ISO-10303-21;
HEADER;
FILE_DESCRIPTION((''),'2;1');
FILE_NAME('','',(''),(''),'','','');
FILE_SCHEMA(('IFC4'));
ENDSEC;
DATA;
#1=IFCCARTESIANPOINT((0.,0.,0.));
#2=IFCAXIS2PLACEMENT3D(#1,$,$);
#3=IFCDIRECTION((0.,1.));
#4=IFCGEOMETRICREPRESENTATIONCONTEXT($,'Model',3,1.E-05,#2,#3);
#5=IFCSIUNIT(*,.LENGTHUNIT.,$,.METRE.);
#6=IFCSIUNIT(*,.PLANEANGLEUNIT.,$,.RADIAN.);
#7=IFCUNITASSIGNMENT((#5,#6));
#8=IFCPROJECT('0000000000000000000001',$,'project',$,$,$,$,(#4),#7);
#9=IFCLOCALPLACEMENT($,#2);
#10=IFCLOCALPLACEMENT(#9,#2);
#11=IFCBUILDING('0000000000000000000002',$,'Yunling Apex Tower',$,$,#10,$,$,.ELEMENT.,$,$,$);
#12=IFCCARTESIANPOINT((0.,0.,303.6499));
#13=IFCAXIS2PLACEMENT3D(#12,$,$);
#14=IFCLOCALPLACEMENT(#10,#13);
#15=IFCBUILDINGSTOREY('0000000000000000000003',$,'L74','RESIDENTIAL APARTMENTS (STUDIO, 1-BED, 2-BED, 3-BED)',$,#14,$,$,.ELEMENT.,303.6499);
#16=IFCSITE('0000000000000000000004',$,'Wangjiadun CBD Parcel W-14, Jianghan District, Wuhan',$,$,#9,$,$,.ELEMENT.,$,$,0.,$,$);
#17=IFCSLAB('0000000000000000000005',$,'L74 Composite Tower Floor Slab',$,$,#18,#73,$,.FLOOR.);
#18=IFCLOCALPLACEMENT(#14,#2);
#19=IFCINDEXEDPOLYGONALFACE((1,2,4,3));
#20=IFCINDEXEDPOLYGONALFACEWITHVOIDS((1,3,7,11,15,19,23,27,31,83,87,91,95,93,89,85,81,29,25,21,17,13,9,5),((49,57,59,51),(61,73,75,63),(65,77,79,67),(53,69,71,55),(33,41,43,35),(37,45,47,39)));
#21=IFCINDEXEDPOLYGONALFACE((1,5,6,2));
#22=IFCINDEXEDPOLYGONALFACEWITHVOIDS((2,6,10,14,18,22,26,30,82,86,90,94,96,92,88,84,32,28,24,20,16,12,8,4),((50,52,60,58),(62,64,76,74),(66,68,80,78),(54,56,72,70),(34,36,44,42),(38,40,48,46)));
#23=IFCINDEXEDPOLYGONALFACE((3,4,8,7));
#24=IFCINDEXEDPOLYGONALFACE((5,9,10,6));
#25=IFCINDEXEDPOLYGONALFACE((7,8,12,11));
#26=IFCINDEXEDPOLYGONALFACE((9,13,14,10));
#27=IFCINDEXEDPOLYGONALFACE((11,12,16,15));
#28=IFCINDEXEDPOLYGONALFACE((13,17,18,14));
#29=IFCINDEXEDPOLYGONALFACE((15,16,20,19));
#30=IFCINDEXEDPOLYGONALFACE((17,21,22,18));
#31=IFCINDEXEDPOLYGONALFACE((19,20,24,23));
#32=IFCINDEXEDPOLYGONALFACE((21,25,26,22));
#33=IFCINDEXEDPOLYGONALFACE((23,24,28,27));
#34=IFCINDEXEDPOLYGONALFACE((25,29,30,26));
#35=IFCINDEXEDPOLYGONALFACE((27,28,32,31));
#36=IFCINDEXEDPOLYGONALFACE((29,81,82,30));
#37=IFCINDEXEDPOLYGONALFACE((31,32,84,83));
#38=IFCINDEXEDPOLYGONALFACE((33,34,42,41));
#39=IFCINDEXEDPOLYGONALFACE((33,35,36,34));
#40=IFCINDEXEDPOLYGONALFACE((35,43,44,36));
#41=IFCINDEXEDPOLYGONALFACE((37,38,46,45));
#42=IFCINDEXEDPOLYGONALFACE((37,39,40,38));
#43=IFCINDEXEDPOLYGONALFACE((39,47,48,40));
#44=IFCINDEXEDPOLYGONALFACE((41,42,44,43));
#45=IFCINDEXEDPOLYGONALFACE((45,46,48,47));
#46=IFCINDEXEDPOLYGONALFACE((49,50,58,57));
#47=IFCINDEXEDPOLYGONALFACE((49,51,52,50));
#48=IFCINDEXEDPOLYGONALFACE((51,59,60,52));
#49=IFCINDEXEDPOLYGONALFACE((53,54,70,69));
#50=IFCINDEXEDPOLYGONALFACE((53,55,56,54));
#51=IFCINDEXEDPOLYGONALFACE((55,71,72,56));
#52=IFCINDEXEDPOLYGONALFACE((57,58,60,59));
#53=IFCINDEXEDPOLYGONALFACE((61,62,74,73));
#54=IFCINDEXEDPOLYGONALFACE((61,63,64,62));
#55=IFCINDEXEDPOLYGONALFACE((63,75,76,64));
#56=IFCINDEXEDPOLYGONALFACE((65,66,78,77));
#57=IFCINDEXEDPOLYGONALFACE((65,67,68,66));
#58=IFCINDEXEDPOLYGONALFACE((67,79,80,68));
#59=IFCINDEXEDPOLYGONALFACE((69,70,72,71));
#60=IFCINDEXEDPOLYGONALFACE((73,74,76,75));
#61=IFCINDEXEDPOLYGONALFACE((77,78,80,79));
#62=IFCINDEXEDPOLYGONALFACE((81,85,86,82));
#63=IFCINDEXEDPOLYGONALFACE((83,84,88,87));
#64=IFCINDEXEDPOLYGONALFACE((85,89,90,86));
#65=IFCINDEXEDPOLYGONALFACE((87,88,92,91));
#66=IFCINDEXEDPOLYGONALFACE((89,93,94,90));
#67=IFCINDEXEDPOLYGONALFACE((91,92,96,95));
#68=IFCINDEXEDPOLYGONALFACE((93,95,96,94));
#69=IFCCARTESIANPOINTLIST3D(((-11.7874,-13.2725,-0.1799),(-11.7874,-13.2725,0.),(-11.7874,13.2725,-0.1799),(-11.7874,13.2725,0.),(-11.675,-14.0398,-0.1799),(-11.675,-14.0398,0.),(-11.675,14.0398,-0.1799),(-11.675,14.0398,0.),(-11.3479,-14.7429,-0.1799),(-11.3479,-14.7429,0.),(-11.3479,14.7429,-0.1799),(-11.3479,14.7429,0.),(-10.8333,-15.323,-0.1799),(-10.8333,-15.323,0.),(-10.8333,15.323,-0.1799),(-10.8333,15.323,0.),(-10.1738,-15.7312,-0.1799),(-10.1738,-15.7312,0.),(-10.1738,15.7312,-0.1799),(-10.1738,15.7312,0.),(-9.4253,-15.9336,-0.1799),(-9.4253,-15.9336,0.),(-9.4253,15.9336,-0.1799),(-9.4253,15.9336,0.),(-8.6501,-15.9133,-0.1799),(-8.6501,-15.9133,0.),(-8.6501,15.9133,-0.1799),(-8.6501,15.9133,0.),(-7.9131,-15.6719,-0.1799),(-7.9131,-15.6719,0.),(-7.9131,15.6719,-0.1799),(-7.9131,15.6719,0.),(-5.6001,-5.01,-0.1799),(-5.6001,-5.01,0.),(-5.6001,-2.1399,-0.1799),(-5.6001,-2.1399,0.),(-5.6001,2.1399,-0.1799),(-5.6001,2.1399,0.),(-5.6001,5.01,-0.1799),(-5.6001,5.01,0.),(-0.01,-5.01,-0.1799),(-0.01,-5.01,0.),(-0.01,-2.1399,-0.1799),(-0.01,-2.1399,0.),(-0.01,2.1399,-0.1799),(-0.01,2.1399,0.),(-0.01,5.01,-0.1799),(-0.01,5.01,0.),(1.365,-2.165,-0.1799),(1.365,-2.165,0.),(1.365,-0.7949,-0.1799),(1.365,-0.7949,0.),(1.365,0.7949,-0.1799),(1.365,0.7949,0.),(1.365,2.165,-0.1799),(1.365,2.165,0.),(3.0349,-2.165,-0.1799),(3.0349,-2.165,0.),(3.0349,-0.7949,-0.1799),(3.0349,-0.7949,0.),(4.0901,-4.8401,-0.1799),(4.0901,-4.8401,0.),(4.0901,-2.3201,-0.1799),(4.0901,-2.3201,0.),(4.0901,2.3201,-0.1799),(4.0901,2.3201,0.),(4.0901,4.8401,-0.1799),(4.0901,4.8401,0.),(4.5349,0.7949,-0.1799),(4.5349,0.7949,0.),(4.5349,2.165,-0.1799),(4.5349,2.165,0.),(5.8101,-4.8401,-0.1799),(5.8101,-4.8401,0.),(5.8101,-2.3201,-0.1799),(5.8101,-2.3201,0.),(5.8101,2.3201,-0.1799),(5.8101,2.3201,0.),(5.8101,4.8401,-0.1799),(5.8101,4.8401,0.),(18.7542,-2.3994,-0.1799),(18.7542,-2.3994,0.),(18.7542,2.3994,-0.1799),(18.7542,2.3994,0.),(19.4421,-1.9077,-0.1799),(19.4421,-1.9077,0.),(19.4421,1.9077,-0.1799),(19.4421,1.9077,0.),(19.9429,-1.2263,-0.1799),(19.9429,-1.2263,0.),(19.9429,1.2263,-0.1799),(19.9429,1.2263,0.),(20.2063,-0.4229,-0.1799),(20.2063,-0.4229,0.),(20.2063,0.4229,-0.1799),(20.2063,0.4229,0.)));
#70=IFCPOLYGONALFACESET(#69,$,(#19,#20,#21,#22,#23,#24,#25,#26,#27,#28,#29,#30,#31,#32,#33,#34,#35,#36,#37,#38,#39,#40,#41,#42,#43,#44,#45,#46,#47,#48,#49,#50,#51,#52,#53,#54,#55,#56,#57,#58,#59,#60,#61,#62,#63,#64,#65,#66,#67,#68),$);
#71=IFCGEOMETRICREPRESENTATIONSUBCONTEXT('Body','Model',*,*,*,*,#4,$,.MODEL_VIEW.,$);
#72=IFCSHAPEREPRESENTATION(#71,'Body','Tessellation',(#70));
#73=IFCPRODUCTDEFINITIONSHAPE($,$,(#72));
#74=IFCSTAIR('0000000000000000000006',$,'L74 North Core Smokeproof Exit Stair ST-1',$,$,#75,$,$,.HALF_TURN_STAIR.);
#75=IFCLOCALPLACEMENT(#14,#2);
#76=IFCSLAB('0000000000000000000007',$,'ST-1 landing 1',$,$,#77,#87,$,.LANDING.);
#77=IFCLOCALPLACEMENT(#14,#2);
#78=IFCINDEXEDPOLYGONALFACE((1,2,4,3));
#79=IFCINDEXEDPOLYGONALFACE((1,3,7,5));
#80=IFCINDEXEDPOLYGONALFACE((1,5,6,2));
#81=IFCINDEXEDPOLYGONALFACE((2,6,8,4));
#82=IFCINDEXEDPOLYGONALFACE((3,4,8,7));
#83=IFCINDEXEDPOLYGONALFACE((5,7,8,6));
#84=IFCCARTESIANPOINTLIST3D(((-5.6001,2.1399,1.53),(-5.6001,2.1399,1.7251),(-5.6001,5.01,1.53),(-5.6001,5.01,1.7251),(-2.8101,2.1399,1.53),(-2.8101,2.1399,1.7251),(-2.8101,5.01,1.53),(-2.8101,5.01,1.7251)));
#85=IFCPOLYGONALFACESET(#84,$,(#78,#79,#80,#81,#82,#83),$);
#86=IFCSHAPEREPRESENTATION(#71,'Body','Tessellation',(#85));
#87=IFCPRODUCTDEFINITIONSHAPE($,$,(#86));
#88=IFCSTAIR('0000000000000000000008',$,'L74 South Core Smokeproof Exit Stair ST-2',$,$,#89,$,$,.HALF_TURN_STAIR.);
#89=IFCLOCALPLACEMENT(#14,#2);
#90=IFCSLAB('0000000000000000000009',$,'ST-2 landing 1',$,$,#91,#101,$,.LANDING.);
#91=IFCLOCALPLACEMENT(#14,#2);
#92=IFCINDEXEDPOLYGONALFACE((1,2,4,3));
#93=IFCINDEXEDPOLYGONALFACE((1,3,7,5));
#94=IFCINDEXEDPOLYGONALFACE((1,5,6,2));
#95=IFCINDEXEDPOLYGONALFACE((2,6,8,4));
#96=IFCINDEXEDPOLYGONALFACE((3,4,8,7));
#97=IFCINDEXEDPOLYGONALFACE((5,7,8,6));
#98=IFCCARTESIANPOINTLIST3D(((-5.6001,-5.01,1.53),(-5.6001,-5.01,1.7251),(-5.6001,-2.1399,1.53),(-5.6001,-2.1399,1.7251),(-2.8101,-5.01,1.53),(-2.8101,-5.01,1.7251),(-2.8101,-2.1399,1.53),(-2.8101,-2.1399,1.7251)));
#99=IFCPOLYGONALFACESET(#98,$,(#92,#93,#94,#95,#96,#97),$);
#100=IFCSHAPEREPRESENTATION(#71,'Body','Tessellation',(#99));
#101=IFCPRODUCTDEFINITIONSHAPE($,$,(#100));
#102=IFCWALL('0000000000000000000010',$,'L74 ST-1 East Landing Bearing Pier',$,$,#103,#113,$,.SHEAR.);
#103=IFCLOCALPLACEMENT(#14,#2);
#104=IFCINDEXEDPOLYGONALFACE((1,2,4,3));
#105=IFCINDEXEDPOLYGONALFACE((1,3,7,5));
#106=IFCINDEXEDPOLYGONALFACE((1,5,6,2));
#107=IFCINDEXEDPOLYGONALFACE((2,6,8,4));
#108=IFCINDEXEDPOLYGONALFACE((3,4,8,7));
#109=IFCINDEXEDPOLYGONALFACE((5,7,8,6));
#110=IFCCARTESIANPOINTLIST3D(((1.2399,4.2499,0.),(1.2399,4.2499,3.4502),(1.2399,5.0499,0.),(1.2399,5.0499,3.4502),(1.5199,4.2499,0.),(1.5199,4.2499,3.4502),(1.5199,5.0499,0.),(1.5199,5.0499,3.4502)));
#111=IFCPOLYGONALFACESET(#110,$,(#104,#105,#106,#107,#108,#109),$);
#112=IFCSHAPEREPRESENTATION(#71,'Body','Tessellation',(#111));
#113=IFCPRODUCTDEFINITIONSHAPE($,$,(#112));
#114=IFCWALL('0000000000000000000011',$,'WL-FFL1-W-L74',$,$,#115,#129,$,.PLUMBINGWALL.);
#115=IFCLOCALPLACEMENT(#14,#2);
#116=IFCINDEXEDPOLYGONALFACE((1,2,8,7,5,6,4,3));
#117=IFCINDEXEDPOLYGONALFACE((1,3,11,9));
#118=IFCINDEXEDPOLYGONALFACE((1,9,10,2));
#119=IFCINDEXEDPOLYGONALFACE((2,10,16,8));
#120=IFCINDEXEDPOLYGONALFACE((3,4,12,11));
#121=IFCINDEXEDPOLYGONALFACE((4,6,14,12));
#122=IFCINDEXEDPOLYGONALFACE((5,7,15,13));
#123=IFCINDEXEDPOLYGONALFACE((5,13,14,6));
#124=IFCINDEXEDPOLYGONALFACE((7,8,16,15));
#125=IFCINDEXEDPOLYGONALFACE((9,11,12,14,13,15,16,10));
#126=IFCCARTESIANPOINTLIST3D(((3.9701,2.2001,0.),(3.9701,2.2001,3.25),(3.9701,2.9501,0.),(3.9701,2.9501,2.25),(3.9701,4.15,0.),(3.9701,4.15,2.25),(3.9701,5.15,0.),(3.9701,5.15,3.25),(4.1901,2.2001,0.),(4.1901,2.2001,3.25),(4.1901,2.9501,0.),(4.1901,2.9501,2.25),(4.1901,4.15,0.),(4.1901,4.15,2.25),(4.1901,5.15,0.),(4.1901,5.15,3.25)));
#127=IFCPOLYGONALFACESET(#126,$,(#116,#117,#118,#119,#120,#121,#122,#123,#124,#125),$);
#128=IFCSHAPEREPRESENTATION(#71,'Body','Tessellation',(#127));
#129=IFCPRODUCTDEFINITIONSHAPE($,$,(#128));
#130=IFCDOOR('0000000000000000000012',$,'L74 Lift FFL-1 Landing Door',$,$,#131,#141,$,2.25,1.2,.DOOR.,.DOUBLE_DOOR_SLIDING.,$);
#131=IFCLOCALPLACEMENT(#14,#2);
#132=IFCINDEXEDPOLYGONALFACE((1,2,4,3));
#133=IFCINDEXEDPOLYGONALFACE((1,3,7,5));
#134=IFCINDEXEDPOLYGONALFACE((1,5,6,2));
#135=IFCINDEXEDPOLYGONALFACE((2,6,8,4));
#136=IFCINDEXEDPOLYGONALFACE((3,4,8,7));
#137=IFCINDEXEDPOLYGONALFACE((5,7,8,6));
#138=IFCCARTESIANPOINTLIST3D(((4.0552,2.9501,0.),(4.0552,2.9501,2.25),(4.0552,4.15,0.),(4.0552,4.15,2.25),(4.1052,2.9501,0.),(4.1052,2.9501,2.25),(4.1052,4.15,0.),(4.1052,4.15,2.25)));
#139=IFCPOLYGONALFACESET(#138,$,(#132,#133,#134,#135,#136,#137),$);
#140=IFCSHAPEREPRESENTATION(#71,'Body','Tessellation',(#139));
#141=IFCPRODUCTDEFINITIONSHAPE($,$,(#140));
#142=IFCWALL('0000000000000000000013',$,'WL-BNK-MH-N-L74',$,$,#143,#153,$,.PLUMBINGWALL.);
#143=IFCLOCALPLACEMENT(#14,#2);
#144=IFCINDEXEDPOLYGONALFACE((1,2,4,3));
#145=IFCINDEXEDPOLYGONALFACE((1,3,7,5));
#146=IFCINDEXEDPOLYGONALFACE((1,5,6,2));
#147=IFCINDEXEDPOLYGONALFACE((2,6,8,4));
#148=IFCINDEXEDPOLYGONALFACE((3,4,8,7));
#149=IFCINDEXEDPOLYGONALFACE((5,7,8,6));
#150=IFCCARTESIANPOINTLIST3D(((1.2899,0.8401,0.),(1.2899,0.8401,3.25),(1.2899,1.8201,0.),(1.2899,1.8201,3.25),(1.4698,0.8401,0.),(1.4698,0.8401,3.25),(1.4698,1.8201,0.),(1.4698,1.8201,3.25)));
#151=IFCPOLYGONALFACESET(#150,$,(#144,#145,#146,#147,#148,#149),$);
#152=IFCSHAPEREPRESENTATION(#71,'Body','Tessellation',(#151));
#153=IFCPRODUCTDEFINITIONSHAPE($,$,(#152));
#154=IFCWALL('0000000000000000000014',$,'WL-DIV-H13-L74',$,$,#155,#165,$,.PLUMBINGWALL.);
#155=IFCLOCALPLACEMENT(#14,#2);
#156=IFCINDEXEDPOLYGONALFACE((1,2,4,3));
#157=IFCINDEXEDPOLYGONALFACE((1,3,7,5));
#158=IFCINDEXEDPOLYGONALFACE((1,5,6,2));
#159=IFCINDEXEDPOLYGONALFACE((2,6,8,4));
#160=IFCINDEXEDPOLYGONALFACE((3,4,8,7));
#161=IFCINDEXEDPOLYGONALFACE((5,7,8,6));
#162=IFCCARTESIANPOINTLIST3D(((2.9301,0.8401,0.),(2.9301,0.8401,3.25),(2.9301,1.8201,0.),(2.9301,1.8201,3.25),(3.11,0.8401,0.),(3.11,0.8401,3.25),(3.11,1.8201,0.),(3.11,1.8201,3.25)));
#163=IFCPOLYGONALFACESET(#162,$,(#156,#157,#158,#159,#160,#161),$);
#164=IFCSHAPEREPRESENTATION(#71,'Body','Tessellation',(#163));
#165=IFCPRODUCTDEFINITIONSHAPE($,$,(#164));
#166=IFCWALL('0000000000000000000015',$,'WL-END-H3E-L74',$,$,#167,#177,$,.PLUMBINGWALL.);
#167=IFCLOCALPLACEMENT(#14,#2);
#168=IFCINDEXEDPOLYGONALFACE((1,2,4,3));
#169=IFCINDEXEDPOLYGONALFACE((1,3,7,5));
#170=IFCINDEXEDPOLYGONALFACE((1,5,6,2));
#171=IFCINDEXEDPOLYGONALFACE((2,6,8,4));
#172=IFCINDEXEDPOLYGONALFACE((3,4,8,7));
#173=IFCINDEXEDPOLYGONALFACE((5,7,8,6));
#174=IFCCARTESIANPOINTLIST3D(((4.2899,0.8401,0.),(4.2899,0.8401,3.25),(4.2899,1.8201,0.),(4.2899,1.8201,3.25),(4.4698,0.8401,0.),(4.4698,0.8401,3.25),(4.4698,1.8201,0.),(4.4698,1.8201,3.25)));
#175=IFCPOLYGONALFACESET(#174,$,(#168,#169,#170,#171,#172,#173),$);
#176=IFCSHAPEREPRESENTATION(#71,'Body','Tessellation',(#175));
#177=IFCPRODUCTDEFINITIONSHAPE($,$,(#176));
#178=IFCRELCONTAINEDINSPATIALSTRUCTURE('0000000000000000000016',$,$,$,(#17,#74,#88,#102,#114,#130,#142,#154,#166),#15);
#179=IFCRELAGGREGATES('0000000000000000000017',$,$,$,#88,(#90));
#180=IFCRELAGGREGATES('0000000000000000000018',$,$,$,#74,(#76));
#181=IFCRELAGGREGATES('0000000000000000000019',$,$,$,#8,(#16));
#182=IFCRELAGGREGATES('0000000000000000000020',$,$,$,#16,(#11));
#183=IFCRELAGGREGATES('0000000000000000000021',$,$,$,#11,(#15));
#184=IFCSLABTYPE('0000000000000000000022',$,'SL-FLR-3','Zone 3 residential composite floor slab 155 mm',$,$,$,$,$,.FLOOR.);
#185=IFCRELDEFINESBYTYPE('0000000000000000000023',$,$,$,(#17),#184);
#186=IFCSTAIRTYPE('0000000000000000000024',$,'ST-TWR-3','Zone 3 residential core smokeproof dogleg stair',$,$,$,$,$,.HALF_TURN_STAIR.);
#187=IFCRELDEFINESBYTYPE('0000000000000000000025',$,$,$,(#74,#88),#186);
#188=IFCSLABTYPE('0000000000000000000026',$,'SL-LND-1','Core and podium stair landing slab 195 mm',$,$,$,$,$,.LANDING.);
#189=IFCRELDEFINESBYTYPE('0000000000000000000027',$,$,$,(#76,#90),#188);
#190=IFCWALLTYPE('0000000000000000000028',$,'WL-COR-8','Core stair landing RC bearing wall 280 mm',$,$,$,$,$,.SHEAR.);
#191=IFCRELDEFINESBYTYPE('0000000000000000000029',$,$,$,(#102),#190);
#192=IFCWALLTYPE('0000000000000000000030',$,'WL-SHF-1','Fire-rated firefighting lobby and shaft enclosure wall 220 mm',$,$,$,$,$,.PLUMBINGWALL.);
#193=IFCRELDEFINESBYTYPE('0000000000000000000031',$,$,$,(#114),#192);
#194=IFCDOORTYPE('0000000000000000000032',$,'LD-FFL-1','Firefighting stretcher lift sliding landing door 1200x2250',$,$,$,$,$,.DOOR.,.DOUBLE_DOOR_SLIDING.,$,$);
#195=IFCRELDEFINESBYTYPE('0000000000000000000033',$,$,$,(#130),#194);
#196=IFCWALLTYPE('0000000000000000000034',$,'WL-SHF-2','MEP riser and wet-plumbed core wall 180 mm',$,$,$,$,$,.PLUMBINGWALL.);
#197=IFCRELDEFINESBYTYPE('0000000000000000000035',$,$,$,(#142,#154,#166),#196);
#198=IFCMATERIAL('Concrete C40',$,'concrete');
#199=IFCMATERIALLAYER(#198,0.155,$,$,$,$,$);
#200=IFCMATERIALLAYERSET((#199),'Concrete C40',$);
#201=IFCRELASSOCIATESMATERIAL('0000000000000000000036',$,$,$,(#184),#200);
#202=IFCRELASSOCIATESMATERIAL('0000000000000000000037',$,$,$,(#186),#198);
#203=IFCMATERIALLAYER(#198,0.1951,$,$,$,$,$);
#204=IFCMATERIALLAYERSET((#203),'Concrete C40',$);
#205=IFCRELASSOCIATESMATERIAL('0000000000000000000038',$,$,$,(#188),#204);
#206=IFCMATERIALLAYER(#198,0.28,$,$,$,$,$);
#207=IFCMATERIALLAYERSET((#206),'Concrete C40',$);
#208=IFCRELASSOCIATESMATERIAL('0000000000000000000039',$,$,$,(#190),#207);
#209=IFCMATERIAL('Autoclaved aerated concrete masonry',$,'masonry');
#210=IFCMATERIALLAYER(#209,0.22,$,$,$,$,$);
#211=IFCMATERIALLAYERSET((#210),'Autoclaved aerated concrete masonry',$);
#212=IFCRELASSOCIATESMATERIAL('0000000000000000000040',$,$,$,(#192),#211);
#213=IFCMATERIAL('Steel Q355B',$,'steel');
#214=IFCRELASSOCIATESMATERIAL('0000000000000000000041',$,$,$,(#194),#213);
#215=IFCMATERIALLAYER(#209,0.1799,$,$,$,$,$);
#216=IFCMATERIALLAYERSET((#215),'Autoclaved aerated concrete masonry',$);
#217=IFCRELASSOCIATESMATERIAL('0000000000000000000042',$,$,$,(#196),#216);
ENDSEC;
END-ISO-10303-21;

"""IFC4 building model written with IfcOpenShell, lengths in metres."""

from ifc_helpers import new_model, si_unit, direction, frame, frame_2d, origin, place, context, subcontext, project, spatial, polyline, rectangle, outline, extrude, material, layer, layer_set, type_object, element, fill, aggregate, save


model = new_model("IFC4")

# Units and contexts
model_context = context("Model", 3, precision=1e-05, world=origin(), true_north=direction((0.0, 1.0)))
body_context = subcontext(model_context, "Body", "Model", "MODEL_VIEW")
ifc_project = project(units=[si_unit("LENGTHUNIT", "METRE"), si_unit("PLANEANGLEUNIT", "RADIAN")], contexts=[model_context])

# Site, building, storey
site_placement = place(None, origin())
site = spatial("IfcSite", under=ifc_project, at=site_placement, Name="Wangjiadun CBD Parcel W-14, Jianghan District, Wuhan", CompositionType="ELEMENT", RefElevation=0.0)
building_placement = place(site_placement, origin())
building = spatial("IfcBuilding", under=site, at=building_placement, Name="Yunling Apex Tower", CompositionType="ELEMENT")
storey_placement = place(building_placement, frame((0.0, 0.0, 303.6499)))
storey = spatial("IfcBuildingStorey", under=building, at=storey_placement, Name="L74", Description="RESIDENTIAL APARTMENTS (STUDIO, 1-BED, 2-BED, 3-BED)", CompositionType="ELEMENT", Elevation=303.6499)

# Slab
ifc_material_1 = material(Name="Concrete C40", Category="concrete")
ifc_layer_1 = layer(ifc_material_1, 0.155)
ifc_layer_set_1 = layer_set([ifc_layer_1], Name="Concrete C40")
slab_type_1 = type_object("IfcSlabType", Name="SL-FLR-3", Description="Zone 3 residential composite floor slab 155 mm", PredefinedType="FLOOR", material=ifc_layer_set_1)
slab_1_placement = place(storey_placement, frame((0.0, 0.0, -0.1799)))
element("IfcSlab", 1, at=slab_1_placement, inside=storey, type_object=slab_type_1, Name="L74 Composite Tower Floor Slab", PredefinedType="FLOOR", context=body_context, shape_type="SweptSolid", body=[
    extrude(outline(polyline([(-11.7874, -13.2725), (-11.675, -14.0398), (-11.3479, -14.7429), (-10.8333, -15.323), (-10.1738, -15.7312), (-9.4253, -15.9336), (-8.6501, -15.9133), (-7.9131, -15.6719), (18.7542, -2.3994), (19.4421, -1.9077), (19.9429, -1.2263), (20.2063, -0.4229), (20.2063, 0.4229), (19.9429, 1.2263), (19.4421, 1.9077), (18.7542, 2.3994), (-7.9131, 15.6719), (-8.6501, 15.9133), (-9.4253, 15.9336), (-10.1738, 15.7312), (-10.8333, 15.323), (-11.3479, 14.7429), (-11.675, 14.0398), (-11.7874, 13.2725), (-11.7874, -13.2725)]), holes=[polyline([(4.0901, 4.8401), (5.8101, 4.8401), (5.8101, 2.3201), (4.0901, 2.3201), (4.0901, 4.8401)]), polyline([(4.0901, -4.8401), (4.0901, -2.3201), (5.8101, -2.3201), (5.8101, -4.8401), (4.0901, -4.8401)]), polyline([(4.5349, 0.7949), (1.365, 0.7949), (1.365, 2.165), (4.5349, 2.165), (4.5349, 0.7949)]), polyline([(1.365, -0.7949), (3.0349, -0.7949), (3.0349, -2.165), (1.365, -2.165), (1.365, -0.7949)]), polyline([(-0.01, -5.01), (-5.6001, -5.01), (-5.6001, -2.1399), (-0.01, -2.1399), (-0.01, -5.01)]), polyline([(-0.01, 2.1399), (-5.6001, 2.1399), (-5.6001, 5.01), (-0.01, 5.01), (-0.01, 2.1399)])]), origin(), (0.0, 0.0, 1.0), 0.1799),
])

# Stairs, slabs
stair_type = type_object("IfcStairType", Name="ST-TWR-3", Description="Zone 3 residential core smokeproof dogleg stair", PredefinedType="HALF_TURN_STAIR", material=ifc_material_1)
stair_1_placement = place(storey_placement, origin())
stair_1 = element("IfcStair", 2, at=stair_1_placement, inside=storey, type_object=stair_type, Name="L74 North Core Smokeproof Exit Stair ST-1", PredefinedType="HALF_TURN_STAIR")
ifc_layer_2 = layer(ifc_material_1, 0.1951)
ifc_layer_set_2 = layer_set([ifc_layer_2], Name="Concrete C40")
slab_type_2 = type_object("IfcSlabType", Name="SL-LND-1", Description="Core and podium stair landing slab 195 mm", PredefinedType="LANDING", material=ifc_layer_set_2)
slab_2_placement = place(storey_placement, frame((0.0, 0.0, 1.53)))
slab_2 = element("IfcSlab", 3, at=slab_2_placement, type_object=slab_type_2, Name="ST-1 landing 1", PredefinedType="LANDING", context=body_context, shape_type="SweptSolid", body=[
    extrude(outline(polyline([(-2.8101, 5.01), (-5.6001, 5.01), (-5.6001, 2.1399), (-2.8101, 2.1399), (-2.8101, 5.01)])), origin(), (0.0, 0.0, 1.0), 0.1951),
])
stair_2_placement = place(storey_placement, origin())
stair_2 = element("IfcStair", 4, at=stair_2_placement, inside=storey, type_object=stair_type, Name="L74 South Core Smokeproof Exit Stair ST-2", PredefinedType="HALF_TURN_STAIR")
slab_3_placement = place(storey_placement, frame((0.0, 0.0, 1.53)))
slab_3 = element("IfcSlab", 5, at=slab_3_placement, type_object=slab_type_2, Name="ST-2 landing 1", PredefinedType="LANDING", context=body_context, shape_type="SweptSolid", body=[
    extrude(outline(polyline([(-2.8101, -2.1399), (-5.6001, -2.1399), (-5.6001, -5.01), (-2.8101, -5.01), (-2.8101, -2.1399)])), origin(), (0.0, 0.0, 1.0), 0.1951),
])
aggregate(stair_2, [slab_3])

# Wall
ifc_layer_3 = layer(ifc_material_1, 0.28)
ifc_layer_set_3 = layer_set([ifc_layer_3], Name="Concrete C40")
wall_type_1 = type_object("IfcWallType", Name="WL-COR-8", Description="Core stair landing RC bearing wall 280 mm", PredefinedType="SHEAR", material=ifc_layer_set_3)
wall_1_placement = place(storey_placement, frame((1.3799, 4.25, 0.0), z_axis=(0.0, 0.0, 1.0), x_axis=(0.0, 1.0, 0.0)))
element("IfcWall", 6, at=wall_1_placement, inside=storey, type_object=wall_type_1, Name="L74 ST-1 East Landing Bearing Pier", PredefinedType="SHEAR", context=body_context, shape_type="SweptSolid", body=[
    extrude(rectangle(XDim=0.8, YDim=0.28, at=frame_2d((0.3999, 0.0))), origin(), (0.0, 0.0, 1.0), 3.4502),
])

# Wall, opening, door
ifc_material_2 = material(Name="Autoclaved aerated concrete masonry", Category="masonry")
ifc_layer_4 = layer(ifc_material_2, 0.22)
ifc_layer_set_4 = layer_set([ifc_layer_4], Name="Autoclaved aerated concrete masonry")
wall_type_2 = type_object("IfcWallType", Name="WL-SHF-1", Description="Fire-rated firefighting lobby and shaft enclosure wall 220 mm", PredefinedType="PLUMBINGWALL", material=ifc_layer_set_4)
ifc_material_3 = material(Name="Steel Q355B", Category="steel")
wall_2_placement = place(storey_placement, frame((4.0801, 2.2, 0.0), z_axis=(0.0, 0.0, 1.0), x_axis=(0.0, 1.0, 0.0)))
wall_2 = element("IfcWall", 7, at=wall_2_placement, inside=storey, type_object=wall_type_2, Name="WL-FFL1-W-L74", PredefinedType="PLUMBINGWALL", context=body_context, shape_type="SweptSolid", body=[
    extrude(rectangle(XDim=2.95, YDim=0.22, at=frame_2d((1.4751, 0.0))), origin(), (0.0, 0.0, 1.0), 3.25),
])
opening_1_placement = place(wall_2_placement, frame((0.75, 0.0, 0.0)))
opening_1 = element("IfcOpeningElement", 8, at=opening_1_placement, cuts=wall_2, PredefinedType="OPENING", context=body_context, shape_type="SweptSolid", body=[
    extrude(rectangle(XDim=1.2, YDim=2.25, at=frame_2d((0.6001, 1.125))), frame((0.0, 0.1201, 0.0), z_axis=(0.0, -1.0, 0.0), x_axis=(1.0, 0.0, 0.0)), (0.0, 0.0, 1.0), 0.24),
])
door_type_1 = type_object("IfcDoorType", Name="LD-FFL-1", Description="Firefighting stretcher lift sliding landing door 1200x2250", OperationType="DOUBLE_DOOR_SLIDING", PredefinedType="DOOR", material=ifc_material_3)
door_1_placement = place(opening_1_placement, origin())
door_1 = element("IfcDoor", 9, at=door_1_placement, inside=storey, type_object=door_type_1, Name="L74 Lift FFL-1 Landing Door", OperationType="DOUBLE_DOOR_SLIDING", OverallHeight=2.25, OverallWidth=1.2, PredefinedType="DOOR", context=body_context, shape_type="SweptSolid", body=[
    extrude(rectangle(XDim=1.2, YDim=2.25, at=frame_2d((0.6001, 1.125))), frame((0.0, 0.0249, 0.0), z_axis=(0.0, -1.0, 0.0), x_axis=(1.0, 0.0, 0.0)), (0.0, 0.0, 1.0), 0.05),
])
fill(opening_1, door_1)

# Walls
ifc_layer_5 = layer(ifc_material_2, 0.1799)
ifc_layer_set_5 = layer_set([ifc_layer_5], Name="Autoclaved aerated concrete masonry")
wall_type_3 = type_object("IfcWallType", Name="WL-SHF-2", Description="MEP riser and wet-plumbed core wall 180 mm", PredefinedType="PLUMBINGWALL", material=ifc_layer_set_5)
for number, where, z_axis, x_axis, name in (
    (10, (1.3799, 0.8401, 0.0), (0.0, 0.0, 1.0), (0.0, 1.0, 0.0), "WL-BNK-MH-N-L74"),
    (11, (3.02, 0.8401, 0.0), (0.0, 0.0, 1.0), (0.0, 1.0, 0.0), "WL-DIV-H13-L74"),
    (12, (4.3799, 0.8401, 0.0), (0.0, 0.0, 1.0), (0.0, 1.0, 0.0), "WL-END-H3E-L74"),
):
    element("IfcWall", number, at=place(storey_placement, frame(where, z_axis=z_axis, x_axis=x_axis)), inside=storey, type_object=wall_type_3, Name=name, PredefinedType="PLUMBINGWALL", context=body_context, shape_type="SweptSolid", body=[
        extrude(rectangle(XDim=0.98, YDim=0.1799, at=frame_2d((0.49, 0.0))), origin(), (0.0, 0.0, 1.0), 3.25),
    ])

aggregate(stair_1, [slab_2])

save(model, "model.ifc")
